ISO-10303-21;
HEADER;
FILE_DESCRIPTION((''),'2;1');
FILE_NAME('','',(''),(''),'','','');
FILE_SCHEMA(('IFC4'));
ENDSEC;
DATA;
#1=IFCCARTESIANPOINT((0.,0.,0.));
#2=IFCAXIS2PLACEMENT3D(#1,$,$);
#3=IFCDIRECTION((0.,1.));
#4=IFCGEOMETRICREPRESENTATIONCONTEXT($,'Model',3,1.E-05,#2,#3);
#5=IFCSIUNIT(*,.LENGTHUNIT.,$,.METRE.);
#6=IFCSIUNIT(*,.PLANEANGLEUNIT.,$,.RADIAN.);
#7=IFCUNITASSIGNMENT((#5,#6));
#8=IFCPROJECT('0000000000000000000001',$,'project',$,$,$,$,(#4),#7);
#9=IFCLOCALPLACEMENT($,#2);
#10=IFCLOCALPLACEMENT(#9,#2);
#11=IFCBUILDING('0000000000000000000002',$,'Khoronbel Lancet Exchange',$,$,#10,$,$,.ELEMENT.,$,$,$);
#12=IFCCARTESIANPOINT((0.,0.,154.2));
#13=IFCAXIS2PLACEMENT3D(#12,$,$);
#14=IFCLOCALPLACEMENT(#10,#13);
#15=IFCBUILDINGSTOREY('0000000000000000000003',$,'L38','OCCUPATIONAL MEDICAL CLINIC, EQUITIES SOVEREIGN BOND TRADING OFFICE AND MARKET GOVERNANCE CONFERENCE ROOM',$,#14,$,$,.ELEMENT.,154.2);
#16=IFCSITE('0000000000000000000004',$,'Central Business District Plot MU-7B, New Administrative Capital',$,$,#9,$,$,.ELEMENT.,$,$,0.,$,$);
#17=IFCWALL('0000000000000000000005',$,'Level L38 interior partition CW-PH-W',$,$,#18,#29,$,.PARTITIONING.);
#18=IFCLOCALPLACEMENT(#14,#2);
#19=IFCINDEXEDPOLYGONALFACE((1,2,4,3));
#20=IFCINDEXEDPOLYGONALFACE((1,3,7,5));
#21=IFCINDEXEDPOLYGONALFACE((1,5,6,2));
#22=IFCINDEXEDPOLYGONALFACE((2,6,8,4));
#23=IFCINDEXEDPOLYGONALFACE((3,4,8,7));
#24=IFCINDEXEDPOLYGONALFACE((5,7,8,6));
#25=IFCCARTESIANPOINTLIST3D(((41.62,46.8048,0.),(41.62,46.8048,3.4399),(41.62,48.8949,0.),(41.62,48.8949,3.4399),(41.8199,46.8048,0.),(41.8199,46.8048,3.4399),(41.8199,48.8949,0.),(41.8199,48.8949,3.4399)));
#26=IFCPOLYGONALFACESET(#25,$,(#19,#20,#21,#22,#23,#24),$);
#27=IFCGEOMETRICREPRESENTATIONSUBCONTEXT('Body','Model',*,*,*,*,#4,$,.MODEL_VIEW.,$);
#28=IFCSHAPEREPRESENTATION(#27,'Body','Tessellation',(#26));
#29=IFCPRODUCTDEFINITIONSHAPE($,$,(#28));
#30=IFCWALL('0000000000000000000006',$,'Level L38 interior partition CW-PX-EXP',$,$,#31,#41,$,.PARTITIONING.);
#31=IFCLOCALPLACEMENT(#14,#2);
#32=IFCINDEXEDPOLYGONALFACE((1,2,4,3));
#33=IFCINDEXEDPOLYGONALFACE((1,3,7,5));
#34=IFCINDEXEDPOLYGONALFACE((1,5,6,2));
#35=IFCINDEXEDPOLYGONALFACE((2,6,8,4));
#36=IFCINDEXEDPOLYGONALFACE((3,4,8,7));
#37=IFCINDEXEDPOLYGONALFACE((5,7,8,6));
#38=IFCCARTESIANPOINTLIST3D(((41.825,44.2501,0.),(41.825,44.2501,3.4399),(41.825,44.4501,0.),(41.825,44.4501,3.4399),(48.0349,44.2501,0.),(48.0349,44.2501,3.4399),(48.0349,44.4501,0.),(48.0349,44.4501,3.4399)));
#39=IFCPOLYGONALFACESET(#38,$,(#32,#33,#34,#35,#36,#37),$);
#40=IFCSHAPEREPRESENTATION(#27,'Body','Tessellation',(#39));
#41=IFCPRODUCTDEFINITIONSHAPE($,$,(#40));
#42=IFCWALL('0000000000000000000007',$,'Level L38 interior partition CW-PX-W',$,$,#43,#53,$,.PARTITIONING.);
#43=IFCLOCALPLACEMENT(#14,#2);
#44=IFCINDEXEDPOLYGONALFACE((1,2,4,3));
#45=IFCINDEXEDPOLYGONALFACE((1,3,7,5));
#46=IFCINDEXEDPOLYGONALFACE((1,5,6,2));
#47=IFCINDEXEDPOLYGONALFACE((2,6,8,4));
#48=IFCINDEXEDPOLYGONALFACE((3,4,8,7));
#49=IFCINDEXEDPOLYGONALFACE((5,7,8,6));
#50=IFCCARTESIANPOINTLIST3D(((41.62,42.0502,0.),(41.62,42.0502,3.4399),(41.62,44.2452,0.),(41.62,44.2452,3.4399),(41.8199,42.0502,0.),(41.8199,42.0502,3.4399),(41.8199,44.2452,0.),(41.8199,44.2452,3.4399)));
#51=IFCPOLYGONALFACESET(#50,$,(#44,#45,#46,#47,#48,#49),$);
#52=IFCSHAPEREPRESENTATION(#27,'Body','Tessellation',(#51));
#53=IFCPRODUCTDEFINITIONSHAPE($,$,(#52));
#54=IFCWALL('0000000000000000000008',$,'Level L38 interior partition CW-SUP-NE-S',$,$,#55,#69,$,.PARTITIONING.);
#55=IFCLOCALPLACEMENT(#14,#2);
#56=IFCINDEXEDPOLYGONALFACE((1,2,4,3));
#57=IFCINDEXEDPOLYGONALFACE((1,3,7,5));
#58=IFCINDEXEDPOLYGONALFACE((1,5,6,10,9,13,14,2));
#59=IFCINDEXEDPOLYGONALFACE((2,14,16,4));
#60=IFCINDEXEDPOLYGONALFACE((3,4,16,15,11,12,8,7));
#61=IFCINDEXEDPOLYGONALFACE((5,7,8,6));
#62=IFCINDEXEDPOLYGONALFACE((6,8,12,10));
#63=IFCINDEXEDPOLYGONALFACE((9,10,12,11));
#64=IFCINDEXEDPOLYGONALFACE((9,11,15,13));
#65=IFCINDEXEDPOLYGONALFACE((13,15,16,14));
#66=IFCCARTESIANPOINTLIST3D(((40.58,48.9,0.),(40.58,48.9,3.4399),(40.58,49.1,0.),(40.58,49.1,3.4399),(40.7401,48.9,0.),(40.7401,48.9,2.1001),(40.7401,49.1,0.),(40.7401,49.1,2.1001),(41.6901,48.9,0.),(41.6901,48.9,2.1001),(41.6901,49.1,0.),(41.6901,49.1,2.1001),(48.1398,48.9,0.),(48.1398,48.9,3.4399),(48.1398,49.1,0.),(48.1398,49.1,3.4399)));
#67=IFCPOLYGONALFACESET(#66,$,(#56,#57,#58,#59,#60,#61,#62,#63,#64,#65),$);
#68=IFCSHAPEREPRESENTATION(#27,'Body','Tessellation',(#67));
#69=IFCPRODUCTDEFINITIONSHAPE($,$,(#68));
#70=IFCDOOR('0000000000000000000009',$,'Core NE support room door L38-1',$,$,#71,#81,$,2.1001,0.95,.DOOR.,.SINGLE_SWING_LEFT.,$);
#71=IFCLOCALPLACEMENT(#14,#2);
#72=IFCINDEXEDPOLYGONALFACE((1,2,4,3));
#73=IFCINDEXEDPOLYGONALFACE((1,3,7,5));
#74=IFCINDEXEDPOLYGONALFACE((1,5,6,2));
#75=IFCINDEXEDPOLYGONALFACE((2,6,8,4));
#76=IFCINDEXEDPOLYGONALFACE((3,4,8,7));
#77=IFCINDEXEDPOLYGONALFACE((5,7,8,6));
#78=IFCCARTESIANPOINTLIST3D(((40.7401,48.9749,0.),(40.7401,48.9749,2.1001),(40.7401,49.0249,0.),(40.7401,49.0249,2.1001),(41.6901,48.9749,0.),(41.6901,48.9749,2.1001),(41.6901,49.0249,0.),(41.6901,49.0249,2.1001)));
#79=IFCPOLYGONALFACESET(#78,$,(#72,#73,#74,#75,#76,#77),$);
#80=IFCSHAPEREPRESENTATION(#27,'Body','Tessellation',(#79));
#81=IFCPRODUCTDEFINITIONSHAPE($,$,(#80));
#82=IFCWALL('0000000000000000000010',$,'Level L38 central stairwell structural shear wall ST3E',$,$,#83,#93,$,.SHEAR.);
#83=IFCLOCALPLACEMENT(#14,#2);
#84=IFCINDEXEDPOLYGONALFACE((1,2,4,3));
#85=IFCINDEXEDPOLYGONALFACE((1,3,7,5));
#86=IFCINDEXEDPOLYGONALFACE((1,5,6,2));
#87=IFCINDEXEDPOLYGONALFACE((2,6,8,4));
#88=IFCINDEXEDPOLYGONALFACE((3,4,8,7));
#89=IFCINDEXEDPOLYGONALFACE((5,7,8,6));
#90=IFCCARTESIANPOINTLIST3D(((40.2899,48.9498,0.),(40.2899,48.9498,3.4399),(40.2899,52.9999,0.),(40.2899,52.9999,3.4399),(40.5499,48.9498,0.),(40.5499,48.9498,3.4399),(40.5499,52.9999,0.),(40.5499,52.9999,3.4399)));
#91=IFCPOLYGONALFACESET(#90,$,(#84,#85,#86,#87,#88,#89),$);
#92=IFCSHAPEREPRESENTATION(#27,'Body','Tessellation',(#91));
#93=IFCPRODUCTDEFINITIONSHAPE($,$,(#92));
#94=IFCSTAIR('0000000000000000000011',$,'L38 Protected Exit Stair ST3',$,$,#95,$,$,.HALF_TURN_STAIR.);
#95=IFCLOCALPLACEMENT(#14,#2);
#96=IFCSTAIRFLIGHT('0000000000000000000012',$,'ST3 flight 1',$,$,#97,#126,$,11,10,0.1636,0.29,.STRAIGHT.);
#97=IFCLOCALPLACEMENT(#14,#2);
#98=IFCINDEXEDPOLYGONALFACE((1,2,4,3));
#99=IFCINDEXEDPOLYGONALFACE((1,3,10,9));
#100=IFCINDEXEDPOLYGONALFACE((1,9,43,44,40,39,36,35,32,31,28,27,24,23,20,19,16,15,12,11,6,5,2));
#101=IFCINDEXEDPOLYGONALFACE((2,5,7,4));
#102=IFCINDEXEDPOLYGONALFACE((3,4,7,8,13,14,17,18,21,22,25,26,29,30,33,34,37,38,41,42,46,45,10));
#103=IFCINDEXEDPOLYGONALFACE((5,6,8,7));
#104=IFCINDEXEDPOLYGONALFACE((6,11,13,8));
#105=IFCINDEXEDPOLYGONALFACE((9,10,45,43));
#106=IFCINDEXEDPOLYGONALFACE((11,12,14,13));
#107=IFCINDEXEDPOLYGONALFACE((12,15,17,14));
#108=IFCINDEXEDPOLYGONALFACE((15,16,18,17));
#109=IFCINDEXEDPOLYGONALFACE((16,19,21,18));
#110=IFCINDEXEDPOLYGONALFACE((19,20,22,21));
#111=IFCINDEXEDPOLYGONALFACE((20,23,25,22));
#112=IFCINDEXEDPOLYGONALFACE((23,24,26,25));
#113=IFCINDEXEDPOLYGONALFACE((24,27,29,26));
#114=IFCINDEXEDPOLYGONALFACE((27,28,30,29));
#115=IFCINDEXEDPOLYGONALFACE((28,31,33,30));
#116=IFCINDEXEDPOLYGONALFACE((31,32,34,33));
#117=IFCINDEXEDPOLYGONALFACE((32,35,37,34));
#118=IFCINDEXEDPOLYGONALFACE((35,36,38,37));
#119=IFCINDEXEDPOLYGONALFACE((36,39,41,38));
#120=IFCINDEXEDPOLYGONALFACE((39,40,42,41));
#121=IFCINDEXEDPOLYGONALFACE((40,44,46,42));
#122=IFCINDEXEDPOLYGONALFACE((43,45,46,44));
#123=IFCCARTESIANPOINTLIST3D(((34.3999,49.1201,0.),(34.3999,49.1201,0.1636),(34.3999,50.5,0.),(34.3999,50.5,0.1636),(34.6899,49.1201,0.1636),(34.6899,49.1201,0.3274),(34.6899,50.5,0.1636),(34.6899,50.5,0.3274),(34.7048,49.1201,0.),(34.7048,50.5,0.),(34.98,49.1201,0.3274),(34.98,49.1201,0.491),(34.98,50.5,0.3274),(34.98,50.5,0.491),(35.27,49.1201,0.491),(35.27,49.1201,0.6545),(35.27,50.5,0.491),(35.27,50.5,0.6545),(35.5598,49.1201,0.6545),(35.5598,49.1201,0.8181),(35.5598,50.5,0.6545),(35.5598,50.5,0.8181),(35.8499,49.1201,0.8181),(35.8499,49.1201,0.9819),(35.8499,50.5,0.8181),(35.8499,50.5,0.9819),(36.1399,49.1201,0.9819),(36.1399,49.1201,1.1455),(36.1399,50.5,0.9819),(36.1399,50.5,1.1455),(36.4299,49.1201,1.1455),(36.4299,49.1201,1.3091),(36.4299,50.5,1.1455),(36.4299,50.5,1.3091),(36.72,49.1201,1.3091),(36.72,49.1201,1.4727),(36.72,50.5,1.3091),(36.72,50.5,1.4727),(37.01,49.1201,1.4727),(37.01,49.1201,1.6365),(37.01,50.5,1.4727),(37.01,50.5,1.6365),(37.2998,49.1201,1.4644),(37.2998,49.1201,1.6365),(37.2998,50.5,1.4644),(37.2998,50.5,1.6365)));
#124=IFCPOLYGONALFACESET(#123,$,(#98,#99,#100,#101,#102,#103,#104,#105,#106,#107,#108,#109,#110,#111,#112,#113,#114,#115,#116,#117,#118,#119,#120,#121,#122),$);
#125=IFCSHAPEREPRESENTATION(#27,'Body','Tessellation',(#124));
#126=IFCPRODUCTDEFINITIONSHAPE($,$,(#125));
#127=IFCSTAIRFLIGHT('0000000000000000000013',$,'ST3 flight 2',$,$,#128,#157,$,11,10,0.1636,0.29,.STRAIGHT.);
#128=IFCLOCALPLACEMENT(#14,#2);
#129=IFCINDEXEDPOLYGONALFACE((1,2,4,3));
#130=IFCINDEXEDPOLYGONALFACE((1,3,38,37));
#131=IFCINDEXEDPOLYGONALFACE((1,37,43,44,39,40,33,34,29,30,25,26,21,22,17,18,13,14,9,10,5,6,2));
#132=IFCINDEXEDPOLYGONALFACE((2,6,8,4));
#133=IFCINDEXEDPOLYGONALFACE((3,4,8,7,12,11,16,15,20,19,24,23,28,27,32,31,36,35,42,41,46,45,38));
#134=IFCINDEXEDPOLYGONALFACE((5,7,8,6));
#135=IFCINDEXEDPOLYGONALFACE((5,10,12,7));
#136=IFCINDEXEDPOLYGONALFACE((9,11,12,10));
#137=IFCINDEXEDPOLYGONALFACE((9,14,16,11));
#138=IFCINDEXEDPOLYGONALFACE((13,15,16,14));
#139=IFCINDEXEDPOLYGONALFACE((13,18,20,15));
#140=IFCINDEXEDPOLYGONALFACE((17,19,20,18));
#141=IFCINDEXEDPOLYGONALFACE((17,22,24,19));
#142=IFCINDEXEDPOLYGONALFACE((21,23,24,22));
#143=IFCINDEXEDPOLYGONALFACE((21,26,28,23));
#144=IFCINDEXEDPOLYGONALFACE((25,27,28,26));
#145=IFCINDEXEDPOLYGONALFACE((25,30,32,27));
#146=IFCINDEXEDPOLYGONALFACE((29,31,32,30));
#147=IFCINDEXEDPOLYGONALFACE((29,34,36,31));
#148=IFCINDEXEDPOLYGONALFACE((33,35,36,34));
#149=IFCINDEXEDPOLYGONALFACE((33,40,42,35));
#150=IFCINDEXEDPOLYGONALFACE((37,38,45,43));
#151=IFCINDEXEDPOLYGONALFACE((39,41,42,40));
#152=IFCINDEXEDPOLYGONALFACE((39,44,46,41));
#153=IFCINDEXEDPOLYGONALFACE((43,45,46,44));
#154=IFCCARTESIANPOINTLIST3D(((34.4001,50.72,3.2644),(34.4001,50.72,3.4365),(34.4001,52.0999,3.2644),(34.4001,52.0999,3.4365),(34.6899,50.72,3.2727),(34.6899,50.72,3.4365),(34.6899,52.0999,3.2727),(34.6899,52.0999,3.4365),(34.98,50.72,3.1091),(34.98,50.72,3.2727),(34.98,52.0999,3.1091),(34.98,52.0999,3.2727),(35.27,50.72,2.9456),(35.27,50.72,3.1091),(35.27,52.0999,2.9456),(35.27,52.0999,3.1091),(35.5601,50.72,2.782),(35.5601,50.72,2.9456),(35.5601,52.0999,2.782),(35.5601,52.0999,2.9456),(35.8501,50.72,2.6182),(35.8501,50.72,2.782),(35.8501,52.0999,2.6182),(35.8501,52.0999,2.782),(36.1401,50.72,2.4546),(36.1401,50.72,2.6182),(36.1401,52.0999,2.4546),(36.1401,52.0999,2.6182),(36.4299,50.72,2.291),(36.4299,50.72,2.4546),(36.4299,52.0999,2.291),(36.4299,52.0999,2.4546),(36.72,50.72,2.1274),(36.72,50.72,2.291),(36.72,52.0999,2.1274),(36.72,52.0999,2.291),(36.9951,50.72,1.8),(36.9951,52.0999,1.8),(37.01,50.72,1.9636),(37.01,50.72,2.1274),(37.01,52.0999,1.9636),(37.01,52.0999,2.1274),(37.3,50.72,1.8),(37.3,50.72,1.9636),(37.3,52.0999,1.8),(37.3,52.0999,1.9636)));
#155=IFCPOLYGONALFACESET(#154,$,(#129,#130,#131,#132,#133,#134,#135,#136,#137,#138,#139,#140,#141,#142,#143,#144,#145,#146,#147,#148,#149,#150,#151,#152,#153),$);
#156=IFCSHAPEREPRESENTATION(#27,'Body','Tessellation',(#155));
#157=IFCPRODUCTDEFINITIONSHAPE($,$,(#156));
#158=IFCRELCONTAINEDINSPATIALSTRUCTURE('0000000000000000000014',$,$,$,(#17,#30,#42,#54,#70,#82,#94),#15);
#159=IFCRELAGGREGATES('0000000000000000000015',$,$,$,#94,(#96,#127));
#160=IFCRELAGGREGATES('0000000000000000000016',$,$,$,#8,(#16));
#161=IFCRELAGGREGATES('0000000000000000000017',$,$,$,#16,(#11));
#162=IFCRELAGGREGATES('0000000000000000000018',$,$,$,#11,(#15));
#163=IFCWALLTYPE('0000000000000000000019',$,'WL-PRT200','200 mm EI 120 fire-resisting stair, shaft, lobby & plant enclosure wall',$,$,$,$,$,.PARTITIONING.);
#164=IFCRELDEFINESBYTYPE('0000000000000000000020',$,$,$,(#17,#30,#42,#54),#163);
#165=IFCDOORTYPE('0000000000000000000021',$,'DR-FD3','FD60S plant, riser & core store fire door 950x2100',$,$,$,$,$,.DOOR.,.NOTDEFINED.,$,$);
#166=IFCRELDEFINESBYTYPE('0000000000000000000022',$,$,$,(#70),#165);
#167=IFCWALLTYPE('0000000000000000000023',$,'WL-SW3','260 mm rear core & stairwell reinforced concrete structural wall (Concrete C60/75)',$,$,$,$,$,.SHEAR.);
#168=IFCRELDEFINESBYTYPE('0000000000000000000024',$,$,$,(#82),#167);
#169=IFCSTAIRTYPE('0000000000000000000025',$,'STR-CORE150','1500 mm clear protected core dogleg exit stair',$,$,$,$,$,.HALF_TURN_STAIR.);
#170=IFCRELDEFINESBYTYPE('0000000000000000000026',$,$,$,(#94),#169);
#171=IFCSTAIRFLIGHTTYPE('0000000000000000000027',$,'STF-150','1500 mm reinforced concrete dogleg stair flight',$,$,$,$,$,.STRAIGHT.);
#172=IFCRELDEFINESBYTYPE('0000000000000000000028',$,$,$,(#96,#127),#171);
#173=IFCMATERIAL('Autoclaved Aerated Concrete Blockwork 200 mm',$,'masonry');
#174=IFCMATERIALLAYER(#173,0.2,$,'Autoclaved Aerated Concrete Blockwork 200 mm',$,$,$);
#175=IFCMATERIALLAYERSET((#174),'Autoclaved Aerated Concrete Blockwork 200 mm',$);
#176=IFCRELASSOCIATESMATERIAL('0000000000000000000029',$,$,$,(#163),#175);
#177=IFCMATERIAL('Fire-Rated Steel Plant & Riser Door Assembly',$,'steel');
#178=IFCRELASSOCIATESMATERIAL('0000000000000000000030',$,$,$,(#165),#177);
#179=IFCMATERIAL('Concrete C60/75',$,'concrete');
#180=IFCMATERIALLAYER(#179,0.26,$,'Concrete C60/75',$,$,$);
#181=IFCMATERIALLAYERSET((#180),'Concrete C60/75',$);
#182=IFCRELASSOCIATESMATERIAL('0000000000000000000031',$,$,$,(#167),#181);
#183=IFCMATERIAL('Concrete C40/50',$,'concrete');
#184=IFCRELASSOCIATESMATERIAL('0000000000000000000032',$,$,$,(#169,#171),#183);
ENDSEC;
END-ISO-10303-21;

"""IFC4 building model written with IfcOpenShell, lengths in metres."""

from ifc_helpers import new_model, si_unit, direction, frame, frame_2d, origin, place, context, subcontext, project, spatial, polyline, rectangle, outline, extrude, material, layer, layer_set, type_object, element, fill, aggregate, save


model = new_model("IFC4")

# Units and contexts
model_context = context("Model", 3, precision=1e-05, world=origin(), true_north=direction((0.0, 1.0)))
body_context = subcontext(model_context, "Body", "Model", "MODEL_VIEW")
ifc_project = project(units=[si_unit("LENGTHUNIT", "METRE"), si_unit("PLANEANGLEUNIT", "RADIAN")], contexts=[model_context])

# Site, building, storey
site_placement = place(None, origin())
site = spatial("IfcSite", under=ifc_project, at=site_placement, Name="Central Business District Plot MU-7B, New Administrative Capital", CompositionType="ELEMENT", RefElevation=0.0)
building_placement = place(site_placement, origin())
building = spatial("IfcBuilding", under=site, at=building_placement, Name="Khoronbel Lancet Exchange", CompositionType="ELEMENT")
storey_placement = place(building_placement, frame((0.0, 0.0, 154.2)))
storey = spatial("IfcBuildingStorey", under=building, at=storey_placement, Name="L38", Description="OCCUPATIONAL MEDICAL CLINIC, EQUITIES SOVEREIGN BOND TRADING OFFICE AND MARKET GOVERNANCE CONFERENCE ROOM", CompositionType="ELEMENT", Elevation=154.2)

# Walls
ifc_material_1 = material(Name="Autoclaved Aerated Concrete Blockwork 200 mm", Category="masonry")
ifc_layer_1 = layer(ifc_material_1, 0.2, Name="Autoclaved Aerated Concrete Blockwork 200 mm")
ifc_layer_set_1 = layer_set([ifc_layer_1], Name="Autoclaved Aerated Concrete Blockwork 200 mm")
wall_type_1 = type_object("IfcWallType", Name="WL-PRT200", Description="200 mm EI 120 fire-resisting stair, shaft, lobby & plant enclosure wall", PredefinedType="PARTITIONING", material=ifc_layer_set_1)
wall_1_placement = place(storey_placement, frame((41.72, 46.8049, 0.0), z_axis=(0.0, 0.0, 1.0), x_axis=(0.0, 1.0, 0.0)))
element("IfcWall", 1, at=wall_1_placement, inside=storey, type_object=wall_type_1, Name="Level L38 interior partition CW-PH-W", PredefinedType="PARTITIONING", context=body_context, shape_type="SweptSolid", body=[
    extrude(rectangle(XDim=2.0901, YDim=0.2, at=frame_2d((1.0449, 0.0))), origin(), (0.0, 0.0, 1.0), 3.4399),
])
wall_2_placement = place(storey_placement, frame((41.825, 44.3501, 0.0), z_axis=(0.0, 0.0, 1.0), x_axis=(1.0, 0.0, 0.0)))
element("IfcWall", 2, at=wall_2_placement, inside=storey, type_object=wall_type_1, Name="Level L38 interior partition CW-PX-EXP", PredefinedType="PARTITIONING", context=body_context, shape_type="SweptSolid", body=[
    extrude(rectangle(XDim=6.21, YDim=0.2, at=frame_2d((3.105, 0.0))), origin(), (0.0, 0.0, 1.0), 3.4399),
])
wall_3_placement = place(storey_placement, frame((41.72, 42.05, 0.0), z_axis=(0.0, 0.0, 1.0), x_axis=(0.0, 1.0, 0.0)))
element("IfcWall", 3, at=wall_3_placement, inside=storey, type_object=wall_type_1, Name="Level L38 interior partition CW-PX-W", PredefinedType="PARTITIONING", context=body_context, shape_type="SweptSolid", body=[
    extrude(rectangle(XDim=2.1951, YDim=0.2, at=frame_2d((1.0977, 0.0))), origin(), (0.0, 0.0, 1.0), 3.4399),
])

# Wall, opening, door
wall_4_placement = place(storey_placement, frame((40.5801, 49.0, 0.0), z_axis=(0.0, 0.0, 1.0), x_axis=(1.0, 0.0, 0.0)))
wall_4 = element("IfcWall", 4, at=wall_4_placement, inside=storey, type_object=wall_type_1, Name="Level L38 interior partition CW-SUP-NE-S", PredefinedType="PARTITIONING", context=body_context, shape_type="SweptSolid", body=[
    extrude(rectangle(XDim=7.5598, YDim=0.2, at=frame_2d((3.7798, 0.0))), origin(), (0.0, 0.0, 1.0), 3.4399),
])
opening_1_placement = place(wall_4_placement, frame((0.1599, 0.0, 0.0)))
opening_1 = element("IfcOpeningElement", 5, at=opening_1_placement, cuts=wall_4, PredefinedType="OPENING", context=body_context, shape_type="SweptSolid", body=[
    extrude(rectangle(XDim=0.95, YDim=2.1001, at=frame_2d((0.4751, 1.05))), frame((0.0, 0.1099, 0.0), z_axis=(0.0, -1.0, 0.0), x_axis=(1.0, 0.0, 0.0)), (0.0, 0.0, 1.0), 0.22),
])
ifc_material_2 = material(Name="Fire-Rated Steel Plant & Riser Door Assembly", Category="steel")
door_type_1 = type_object("IfcDoorType", Name="DR-FD3", Description="FD60S plant, riser & core store fire door 950x2100", OperationType="NOTDEFINED", PredefinedType="DOOR", material=ifc_material_2)
door_1_placement = place(opening_1_placement, origin())
door_1 = element("IfcDoor", 6, at=door_1_placement, inside=storey, type_object=door_type_1, Name="Core NE support room door L38-1", OperationType="SINGLE_SWING_LEFT", OverallHeight=2.1001, OverallWidth=0.95, PredefinedType="DOOR", context=body_context, shape_type="SweptSolid", body=[
    extrude(rectangle(XDim=0.95, YDim=2.1001, at=frame_2d((0.4751, 1.05))), frame((0.0, 0.0249, 0.0), z_axis=(0.0, -1.0, 0.0), x_axis=(1.0, 0.0, 0.0)), (0.0, 0.0, 1.0), 0.05),
])
fill(opening_1, door_1)

# Wall
ifc_material_3 = material(Name="Concrete C60/75", Category="concrete")
ifc_layer_2 = layer(ifc_material_3, 0.26, Name="Concrete C60/75")
ifc_layer_set_2 = layer_set([ifc_layer_2], Name="Concrete C60/75")
wall_type_2 = type_object("IfcWallType", Name="WL-SW3", Description="260 mm rear core & stairwell reinforced concrete structural wall (Concrete C60/75)", PredefinedType="SHEAR", material=ifc_layer_set_2)
wall_5_placement = place(storey_placement, frame((40.4199, 48.95, 0.0), z_axis=(0.0, 0.0, 1.0), x_axis=(0.0, 1.0, 0.0)))
element("IfcWall", 7, at=wall_5_placement, inside=storey, type_object=wall_type_2, Name="Level L38 central stairwell structural shear wall ST3E", PredefinedType="SHEAR", context=body_context, shape_type="SweptSolid", body=[
    extrude(rectangle(XDim=4.05, YDim=0.26, at=frame_2d((2.0249, 0.0))), origin(), (0.0, 0.0, 1.0), 3.4399),
])

# Stair, stair flights
ifc_material_4 = material(Name="Concrete C40/50", Category="concrete")
stair_type = type_object("IfcStairType", Name="STR-CORE150", Description="1500 mm clear protected core dogleg exit stair", PredefinedType="HALF_TURN_STAIR", material=ifc_material_4)
stair_placement = place(storey_placement, origin())
stair = element("IfcStair", 8, at=stair_placement, inside=storey, type_object=stair_type, Name="L38 Protected Exit Stair ST3", PredefinedType="HALF_TURN_STAIR")
stair_flight_type = type_object("IfcStairFlightType", Name="STF-150", Description="1500 mm reinforced concrete dogleg stair flight", PredefinedType="STRAIGHT", material=ifc_material_4)
stair_flight_1_placement = place(storey_placement, frame((34.3999, 49.8101, 0.0), z_axis=(0.0, 0.0, 1.0), x_axis=(1.0, 0.0, 0.0)))
stair_flight_1 = element("IfcStairFlight", 9, at=stair_flight_1_placement, type_object=stair_flight_type, Name="ST3 flight 1", NumberOfRisers=11, NumberOfTreads=10, PredefinedType="STRAIGHT", RiserHeight=0.1636, TreadLength=0.29, context=body_context, shape_type="SweptSolid", body=[
    extrude(outline(polyline([(0.0, 0.0), (0.0, 0.1636), (0.29, 0.1636), (0.29, 0.3274), (0.5801, 0.3274), (0.5801, 0.491), (0.8701, 0.491), (0.8701, 0.6545), (1.1599, 0.6545), (1.1599, 0.8181), (1.45, 0.8181), (1.45, 0.9819), (1.74, 0.9819), (1.74, 1.1455), (2.03, 1.1455), (2.03, 1.3091), (2.3201, 1.3091), (2.3201, 1.4727), (2.6101, 1.4727), (2.6101, 1.6365), (2.8999, 1.6365), (2.8999, 1.8), (2.8999, 1.4644), (0.3049, 0.0), (0.0, 0.0)])), frame((0.0, 0.6899, 0.0), z_axis=(0.0, -1.0, 0.0), x_axis=(1.0, 0.0, 0.0)), (0.0, 0.0, 1.0), 1.3799),
])
stair_flight_2_placement = place(storey_placement, frame((37.3, 51.4099, 1.8), z_axis=(0.0, 0.0, 1.0), x_axis=(-1.0, 0.0, 0.0)))
stair_flight_2 = element("IfcStairFlight", 10, at=stair_flight_2_placement, type_object=stair_flight_type, Name="ST3 flight 2", NumberOfRisers=11, NumberOfTreads=10, PredefinedType="STRAIGHT", RiserHeight=0.1636, TreadLength=0.29, context=body_context, shape_type="SweptSolid", body=[
    extrude(outline(polyline([(0.0, 0.0), (0.0, 0.1636), (0.29, 0.1636), (0.29, 0.3274), (0.5801, 0.3274), (0.5801, 0.491), (0.8701, 0.491), (0.8701, 0.6545), (1.1599, 0.6545), (1.1599, 0.8181), (1.45, 0.8181), (1.45, 0.9819), (1.74, 0.9819), (1.74, 1.1455), (2.03, 1.1455), (2.03, 1.3091), (2.3201, 1.3091), (2.3201, 1.4727), (2.6101, 1.4727), (2.6101, 1.6365), (2.8999, 1.6365), (2.8999, 1.8), (2.8999, 1.4644), (0.3049, 0.0), (0.0, 0.0)])), frame((0.0, 0.6899, 0.0), z_axis=(0.0, -1.0, 0.0), x_axis=(1.0, 0.0, 0.0)), (0.0, 0.0, 1.0), 1.3799),
])
aggregate(stair, [stair_flight_1, stair_flight_2])

save(model, "model.ifc")
